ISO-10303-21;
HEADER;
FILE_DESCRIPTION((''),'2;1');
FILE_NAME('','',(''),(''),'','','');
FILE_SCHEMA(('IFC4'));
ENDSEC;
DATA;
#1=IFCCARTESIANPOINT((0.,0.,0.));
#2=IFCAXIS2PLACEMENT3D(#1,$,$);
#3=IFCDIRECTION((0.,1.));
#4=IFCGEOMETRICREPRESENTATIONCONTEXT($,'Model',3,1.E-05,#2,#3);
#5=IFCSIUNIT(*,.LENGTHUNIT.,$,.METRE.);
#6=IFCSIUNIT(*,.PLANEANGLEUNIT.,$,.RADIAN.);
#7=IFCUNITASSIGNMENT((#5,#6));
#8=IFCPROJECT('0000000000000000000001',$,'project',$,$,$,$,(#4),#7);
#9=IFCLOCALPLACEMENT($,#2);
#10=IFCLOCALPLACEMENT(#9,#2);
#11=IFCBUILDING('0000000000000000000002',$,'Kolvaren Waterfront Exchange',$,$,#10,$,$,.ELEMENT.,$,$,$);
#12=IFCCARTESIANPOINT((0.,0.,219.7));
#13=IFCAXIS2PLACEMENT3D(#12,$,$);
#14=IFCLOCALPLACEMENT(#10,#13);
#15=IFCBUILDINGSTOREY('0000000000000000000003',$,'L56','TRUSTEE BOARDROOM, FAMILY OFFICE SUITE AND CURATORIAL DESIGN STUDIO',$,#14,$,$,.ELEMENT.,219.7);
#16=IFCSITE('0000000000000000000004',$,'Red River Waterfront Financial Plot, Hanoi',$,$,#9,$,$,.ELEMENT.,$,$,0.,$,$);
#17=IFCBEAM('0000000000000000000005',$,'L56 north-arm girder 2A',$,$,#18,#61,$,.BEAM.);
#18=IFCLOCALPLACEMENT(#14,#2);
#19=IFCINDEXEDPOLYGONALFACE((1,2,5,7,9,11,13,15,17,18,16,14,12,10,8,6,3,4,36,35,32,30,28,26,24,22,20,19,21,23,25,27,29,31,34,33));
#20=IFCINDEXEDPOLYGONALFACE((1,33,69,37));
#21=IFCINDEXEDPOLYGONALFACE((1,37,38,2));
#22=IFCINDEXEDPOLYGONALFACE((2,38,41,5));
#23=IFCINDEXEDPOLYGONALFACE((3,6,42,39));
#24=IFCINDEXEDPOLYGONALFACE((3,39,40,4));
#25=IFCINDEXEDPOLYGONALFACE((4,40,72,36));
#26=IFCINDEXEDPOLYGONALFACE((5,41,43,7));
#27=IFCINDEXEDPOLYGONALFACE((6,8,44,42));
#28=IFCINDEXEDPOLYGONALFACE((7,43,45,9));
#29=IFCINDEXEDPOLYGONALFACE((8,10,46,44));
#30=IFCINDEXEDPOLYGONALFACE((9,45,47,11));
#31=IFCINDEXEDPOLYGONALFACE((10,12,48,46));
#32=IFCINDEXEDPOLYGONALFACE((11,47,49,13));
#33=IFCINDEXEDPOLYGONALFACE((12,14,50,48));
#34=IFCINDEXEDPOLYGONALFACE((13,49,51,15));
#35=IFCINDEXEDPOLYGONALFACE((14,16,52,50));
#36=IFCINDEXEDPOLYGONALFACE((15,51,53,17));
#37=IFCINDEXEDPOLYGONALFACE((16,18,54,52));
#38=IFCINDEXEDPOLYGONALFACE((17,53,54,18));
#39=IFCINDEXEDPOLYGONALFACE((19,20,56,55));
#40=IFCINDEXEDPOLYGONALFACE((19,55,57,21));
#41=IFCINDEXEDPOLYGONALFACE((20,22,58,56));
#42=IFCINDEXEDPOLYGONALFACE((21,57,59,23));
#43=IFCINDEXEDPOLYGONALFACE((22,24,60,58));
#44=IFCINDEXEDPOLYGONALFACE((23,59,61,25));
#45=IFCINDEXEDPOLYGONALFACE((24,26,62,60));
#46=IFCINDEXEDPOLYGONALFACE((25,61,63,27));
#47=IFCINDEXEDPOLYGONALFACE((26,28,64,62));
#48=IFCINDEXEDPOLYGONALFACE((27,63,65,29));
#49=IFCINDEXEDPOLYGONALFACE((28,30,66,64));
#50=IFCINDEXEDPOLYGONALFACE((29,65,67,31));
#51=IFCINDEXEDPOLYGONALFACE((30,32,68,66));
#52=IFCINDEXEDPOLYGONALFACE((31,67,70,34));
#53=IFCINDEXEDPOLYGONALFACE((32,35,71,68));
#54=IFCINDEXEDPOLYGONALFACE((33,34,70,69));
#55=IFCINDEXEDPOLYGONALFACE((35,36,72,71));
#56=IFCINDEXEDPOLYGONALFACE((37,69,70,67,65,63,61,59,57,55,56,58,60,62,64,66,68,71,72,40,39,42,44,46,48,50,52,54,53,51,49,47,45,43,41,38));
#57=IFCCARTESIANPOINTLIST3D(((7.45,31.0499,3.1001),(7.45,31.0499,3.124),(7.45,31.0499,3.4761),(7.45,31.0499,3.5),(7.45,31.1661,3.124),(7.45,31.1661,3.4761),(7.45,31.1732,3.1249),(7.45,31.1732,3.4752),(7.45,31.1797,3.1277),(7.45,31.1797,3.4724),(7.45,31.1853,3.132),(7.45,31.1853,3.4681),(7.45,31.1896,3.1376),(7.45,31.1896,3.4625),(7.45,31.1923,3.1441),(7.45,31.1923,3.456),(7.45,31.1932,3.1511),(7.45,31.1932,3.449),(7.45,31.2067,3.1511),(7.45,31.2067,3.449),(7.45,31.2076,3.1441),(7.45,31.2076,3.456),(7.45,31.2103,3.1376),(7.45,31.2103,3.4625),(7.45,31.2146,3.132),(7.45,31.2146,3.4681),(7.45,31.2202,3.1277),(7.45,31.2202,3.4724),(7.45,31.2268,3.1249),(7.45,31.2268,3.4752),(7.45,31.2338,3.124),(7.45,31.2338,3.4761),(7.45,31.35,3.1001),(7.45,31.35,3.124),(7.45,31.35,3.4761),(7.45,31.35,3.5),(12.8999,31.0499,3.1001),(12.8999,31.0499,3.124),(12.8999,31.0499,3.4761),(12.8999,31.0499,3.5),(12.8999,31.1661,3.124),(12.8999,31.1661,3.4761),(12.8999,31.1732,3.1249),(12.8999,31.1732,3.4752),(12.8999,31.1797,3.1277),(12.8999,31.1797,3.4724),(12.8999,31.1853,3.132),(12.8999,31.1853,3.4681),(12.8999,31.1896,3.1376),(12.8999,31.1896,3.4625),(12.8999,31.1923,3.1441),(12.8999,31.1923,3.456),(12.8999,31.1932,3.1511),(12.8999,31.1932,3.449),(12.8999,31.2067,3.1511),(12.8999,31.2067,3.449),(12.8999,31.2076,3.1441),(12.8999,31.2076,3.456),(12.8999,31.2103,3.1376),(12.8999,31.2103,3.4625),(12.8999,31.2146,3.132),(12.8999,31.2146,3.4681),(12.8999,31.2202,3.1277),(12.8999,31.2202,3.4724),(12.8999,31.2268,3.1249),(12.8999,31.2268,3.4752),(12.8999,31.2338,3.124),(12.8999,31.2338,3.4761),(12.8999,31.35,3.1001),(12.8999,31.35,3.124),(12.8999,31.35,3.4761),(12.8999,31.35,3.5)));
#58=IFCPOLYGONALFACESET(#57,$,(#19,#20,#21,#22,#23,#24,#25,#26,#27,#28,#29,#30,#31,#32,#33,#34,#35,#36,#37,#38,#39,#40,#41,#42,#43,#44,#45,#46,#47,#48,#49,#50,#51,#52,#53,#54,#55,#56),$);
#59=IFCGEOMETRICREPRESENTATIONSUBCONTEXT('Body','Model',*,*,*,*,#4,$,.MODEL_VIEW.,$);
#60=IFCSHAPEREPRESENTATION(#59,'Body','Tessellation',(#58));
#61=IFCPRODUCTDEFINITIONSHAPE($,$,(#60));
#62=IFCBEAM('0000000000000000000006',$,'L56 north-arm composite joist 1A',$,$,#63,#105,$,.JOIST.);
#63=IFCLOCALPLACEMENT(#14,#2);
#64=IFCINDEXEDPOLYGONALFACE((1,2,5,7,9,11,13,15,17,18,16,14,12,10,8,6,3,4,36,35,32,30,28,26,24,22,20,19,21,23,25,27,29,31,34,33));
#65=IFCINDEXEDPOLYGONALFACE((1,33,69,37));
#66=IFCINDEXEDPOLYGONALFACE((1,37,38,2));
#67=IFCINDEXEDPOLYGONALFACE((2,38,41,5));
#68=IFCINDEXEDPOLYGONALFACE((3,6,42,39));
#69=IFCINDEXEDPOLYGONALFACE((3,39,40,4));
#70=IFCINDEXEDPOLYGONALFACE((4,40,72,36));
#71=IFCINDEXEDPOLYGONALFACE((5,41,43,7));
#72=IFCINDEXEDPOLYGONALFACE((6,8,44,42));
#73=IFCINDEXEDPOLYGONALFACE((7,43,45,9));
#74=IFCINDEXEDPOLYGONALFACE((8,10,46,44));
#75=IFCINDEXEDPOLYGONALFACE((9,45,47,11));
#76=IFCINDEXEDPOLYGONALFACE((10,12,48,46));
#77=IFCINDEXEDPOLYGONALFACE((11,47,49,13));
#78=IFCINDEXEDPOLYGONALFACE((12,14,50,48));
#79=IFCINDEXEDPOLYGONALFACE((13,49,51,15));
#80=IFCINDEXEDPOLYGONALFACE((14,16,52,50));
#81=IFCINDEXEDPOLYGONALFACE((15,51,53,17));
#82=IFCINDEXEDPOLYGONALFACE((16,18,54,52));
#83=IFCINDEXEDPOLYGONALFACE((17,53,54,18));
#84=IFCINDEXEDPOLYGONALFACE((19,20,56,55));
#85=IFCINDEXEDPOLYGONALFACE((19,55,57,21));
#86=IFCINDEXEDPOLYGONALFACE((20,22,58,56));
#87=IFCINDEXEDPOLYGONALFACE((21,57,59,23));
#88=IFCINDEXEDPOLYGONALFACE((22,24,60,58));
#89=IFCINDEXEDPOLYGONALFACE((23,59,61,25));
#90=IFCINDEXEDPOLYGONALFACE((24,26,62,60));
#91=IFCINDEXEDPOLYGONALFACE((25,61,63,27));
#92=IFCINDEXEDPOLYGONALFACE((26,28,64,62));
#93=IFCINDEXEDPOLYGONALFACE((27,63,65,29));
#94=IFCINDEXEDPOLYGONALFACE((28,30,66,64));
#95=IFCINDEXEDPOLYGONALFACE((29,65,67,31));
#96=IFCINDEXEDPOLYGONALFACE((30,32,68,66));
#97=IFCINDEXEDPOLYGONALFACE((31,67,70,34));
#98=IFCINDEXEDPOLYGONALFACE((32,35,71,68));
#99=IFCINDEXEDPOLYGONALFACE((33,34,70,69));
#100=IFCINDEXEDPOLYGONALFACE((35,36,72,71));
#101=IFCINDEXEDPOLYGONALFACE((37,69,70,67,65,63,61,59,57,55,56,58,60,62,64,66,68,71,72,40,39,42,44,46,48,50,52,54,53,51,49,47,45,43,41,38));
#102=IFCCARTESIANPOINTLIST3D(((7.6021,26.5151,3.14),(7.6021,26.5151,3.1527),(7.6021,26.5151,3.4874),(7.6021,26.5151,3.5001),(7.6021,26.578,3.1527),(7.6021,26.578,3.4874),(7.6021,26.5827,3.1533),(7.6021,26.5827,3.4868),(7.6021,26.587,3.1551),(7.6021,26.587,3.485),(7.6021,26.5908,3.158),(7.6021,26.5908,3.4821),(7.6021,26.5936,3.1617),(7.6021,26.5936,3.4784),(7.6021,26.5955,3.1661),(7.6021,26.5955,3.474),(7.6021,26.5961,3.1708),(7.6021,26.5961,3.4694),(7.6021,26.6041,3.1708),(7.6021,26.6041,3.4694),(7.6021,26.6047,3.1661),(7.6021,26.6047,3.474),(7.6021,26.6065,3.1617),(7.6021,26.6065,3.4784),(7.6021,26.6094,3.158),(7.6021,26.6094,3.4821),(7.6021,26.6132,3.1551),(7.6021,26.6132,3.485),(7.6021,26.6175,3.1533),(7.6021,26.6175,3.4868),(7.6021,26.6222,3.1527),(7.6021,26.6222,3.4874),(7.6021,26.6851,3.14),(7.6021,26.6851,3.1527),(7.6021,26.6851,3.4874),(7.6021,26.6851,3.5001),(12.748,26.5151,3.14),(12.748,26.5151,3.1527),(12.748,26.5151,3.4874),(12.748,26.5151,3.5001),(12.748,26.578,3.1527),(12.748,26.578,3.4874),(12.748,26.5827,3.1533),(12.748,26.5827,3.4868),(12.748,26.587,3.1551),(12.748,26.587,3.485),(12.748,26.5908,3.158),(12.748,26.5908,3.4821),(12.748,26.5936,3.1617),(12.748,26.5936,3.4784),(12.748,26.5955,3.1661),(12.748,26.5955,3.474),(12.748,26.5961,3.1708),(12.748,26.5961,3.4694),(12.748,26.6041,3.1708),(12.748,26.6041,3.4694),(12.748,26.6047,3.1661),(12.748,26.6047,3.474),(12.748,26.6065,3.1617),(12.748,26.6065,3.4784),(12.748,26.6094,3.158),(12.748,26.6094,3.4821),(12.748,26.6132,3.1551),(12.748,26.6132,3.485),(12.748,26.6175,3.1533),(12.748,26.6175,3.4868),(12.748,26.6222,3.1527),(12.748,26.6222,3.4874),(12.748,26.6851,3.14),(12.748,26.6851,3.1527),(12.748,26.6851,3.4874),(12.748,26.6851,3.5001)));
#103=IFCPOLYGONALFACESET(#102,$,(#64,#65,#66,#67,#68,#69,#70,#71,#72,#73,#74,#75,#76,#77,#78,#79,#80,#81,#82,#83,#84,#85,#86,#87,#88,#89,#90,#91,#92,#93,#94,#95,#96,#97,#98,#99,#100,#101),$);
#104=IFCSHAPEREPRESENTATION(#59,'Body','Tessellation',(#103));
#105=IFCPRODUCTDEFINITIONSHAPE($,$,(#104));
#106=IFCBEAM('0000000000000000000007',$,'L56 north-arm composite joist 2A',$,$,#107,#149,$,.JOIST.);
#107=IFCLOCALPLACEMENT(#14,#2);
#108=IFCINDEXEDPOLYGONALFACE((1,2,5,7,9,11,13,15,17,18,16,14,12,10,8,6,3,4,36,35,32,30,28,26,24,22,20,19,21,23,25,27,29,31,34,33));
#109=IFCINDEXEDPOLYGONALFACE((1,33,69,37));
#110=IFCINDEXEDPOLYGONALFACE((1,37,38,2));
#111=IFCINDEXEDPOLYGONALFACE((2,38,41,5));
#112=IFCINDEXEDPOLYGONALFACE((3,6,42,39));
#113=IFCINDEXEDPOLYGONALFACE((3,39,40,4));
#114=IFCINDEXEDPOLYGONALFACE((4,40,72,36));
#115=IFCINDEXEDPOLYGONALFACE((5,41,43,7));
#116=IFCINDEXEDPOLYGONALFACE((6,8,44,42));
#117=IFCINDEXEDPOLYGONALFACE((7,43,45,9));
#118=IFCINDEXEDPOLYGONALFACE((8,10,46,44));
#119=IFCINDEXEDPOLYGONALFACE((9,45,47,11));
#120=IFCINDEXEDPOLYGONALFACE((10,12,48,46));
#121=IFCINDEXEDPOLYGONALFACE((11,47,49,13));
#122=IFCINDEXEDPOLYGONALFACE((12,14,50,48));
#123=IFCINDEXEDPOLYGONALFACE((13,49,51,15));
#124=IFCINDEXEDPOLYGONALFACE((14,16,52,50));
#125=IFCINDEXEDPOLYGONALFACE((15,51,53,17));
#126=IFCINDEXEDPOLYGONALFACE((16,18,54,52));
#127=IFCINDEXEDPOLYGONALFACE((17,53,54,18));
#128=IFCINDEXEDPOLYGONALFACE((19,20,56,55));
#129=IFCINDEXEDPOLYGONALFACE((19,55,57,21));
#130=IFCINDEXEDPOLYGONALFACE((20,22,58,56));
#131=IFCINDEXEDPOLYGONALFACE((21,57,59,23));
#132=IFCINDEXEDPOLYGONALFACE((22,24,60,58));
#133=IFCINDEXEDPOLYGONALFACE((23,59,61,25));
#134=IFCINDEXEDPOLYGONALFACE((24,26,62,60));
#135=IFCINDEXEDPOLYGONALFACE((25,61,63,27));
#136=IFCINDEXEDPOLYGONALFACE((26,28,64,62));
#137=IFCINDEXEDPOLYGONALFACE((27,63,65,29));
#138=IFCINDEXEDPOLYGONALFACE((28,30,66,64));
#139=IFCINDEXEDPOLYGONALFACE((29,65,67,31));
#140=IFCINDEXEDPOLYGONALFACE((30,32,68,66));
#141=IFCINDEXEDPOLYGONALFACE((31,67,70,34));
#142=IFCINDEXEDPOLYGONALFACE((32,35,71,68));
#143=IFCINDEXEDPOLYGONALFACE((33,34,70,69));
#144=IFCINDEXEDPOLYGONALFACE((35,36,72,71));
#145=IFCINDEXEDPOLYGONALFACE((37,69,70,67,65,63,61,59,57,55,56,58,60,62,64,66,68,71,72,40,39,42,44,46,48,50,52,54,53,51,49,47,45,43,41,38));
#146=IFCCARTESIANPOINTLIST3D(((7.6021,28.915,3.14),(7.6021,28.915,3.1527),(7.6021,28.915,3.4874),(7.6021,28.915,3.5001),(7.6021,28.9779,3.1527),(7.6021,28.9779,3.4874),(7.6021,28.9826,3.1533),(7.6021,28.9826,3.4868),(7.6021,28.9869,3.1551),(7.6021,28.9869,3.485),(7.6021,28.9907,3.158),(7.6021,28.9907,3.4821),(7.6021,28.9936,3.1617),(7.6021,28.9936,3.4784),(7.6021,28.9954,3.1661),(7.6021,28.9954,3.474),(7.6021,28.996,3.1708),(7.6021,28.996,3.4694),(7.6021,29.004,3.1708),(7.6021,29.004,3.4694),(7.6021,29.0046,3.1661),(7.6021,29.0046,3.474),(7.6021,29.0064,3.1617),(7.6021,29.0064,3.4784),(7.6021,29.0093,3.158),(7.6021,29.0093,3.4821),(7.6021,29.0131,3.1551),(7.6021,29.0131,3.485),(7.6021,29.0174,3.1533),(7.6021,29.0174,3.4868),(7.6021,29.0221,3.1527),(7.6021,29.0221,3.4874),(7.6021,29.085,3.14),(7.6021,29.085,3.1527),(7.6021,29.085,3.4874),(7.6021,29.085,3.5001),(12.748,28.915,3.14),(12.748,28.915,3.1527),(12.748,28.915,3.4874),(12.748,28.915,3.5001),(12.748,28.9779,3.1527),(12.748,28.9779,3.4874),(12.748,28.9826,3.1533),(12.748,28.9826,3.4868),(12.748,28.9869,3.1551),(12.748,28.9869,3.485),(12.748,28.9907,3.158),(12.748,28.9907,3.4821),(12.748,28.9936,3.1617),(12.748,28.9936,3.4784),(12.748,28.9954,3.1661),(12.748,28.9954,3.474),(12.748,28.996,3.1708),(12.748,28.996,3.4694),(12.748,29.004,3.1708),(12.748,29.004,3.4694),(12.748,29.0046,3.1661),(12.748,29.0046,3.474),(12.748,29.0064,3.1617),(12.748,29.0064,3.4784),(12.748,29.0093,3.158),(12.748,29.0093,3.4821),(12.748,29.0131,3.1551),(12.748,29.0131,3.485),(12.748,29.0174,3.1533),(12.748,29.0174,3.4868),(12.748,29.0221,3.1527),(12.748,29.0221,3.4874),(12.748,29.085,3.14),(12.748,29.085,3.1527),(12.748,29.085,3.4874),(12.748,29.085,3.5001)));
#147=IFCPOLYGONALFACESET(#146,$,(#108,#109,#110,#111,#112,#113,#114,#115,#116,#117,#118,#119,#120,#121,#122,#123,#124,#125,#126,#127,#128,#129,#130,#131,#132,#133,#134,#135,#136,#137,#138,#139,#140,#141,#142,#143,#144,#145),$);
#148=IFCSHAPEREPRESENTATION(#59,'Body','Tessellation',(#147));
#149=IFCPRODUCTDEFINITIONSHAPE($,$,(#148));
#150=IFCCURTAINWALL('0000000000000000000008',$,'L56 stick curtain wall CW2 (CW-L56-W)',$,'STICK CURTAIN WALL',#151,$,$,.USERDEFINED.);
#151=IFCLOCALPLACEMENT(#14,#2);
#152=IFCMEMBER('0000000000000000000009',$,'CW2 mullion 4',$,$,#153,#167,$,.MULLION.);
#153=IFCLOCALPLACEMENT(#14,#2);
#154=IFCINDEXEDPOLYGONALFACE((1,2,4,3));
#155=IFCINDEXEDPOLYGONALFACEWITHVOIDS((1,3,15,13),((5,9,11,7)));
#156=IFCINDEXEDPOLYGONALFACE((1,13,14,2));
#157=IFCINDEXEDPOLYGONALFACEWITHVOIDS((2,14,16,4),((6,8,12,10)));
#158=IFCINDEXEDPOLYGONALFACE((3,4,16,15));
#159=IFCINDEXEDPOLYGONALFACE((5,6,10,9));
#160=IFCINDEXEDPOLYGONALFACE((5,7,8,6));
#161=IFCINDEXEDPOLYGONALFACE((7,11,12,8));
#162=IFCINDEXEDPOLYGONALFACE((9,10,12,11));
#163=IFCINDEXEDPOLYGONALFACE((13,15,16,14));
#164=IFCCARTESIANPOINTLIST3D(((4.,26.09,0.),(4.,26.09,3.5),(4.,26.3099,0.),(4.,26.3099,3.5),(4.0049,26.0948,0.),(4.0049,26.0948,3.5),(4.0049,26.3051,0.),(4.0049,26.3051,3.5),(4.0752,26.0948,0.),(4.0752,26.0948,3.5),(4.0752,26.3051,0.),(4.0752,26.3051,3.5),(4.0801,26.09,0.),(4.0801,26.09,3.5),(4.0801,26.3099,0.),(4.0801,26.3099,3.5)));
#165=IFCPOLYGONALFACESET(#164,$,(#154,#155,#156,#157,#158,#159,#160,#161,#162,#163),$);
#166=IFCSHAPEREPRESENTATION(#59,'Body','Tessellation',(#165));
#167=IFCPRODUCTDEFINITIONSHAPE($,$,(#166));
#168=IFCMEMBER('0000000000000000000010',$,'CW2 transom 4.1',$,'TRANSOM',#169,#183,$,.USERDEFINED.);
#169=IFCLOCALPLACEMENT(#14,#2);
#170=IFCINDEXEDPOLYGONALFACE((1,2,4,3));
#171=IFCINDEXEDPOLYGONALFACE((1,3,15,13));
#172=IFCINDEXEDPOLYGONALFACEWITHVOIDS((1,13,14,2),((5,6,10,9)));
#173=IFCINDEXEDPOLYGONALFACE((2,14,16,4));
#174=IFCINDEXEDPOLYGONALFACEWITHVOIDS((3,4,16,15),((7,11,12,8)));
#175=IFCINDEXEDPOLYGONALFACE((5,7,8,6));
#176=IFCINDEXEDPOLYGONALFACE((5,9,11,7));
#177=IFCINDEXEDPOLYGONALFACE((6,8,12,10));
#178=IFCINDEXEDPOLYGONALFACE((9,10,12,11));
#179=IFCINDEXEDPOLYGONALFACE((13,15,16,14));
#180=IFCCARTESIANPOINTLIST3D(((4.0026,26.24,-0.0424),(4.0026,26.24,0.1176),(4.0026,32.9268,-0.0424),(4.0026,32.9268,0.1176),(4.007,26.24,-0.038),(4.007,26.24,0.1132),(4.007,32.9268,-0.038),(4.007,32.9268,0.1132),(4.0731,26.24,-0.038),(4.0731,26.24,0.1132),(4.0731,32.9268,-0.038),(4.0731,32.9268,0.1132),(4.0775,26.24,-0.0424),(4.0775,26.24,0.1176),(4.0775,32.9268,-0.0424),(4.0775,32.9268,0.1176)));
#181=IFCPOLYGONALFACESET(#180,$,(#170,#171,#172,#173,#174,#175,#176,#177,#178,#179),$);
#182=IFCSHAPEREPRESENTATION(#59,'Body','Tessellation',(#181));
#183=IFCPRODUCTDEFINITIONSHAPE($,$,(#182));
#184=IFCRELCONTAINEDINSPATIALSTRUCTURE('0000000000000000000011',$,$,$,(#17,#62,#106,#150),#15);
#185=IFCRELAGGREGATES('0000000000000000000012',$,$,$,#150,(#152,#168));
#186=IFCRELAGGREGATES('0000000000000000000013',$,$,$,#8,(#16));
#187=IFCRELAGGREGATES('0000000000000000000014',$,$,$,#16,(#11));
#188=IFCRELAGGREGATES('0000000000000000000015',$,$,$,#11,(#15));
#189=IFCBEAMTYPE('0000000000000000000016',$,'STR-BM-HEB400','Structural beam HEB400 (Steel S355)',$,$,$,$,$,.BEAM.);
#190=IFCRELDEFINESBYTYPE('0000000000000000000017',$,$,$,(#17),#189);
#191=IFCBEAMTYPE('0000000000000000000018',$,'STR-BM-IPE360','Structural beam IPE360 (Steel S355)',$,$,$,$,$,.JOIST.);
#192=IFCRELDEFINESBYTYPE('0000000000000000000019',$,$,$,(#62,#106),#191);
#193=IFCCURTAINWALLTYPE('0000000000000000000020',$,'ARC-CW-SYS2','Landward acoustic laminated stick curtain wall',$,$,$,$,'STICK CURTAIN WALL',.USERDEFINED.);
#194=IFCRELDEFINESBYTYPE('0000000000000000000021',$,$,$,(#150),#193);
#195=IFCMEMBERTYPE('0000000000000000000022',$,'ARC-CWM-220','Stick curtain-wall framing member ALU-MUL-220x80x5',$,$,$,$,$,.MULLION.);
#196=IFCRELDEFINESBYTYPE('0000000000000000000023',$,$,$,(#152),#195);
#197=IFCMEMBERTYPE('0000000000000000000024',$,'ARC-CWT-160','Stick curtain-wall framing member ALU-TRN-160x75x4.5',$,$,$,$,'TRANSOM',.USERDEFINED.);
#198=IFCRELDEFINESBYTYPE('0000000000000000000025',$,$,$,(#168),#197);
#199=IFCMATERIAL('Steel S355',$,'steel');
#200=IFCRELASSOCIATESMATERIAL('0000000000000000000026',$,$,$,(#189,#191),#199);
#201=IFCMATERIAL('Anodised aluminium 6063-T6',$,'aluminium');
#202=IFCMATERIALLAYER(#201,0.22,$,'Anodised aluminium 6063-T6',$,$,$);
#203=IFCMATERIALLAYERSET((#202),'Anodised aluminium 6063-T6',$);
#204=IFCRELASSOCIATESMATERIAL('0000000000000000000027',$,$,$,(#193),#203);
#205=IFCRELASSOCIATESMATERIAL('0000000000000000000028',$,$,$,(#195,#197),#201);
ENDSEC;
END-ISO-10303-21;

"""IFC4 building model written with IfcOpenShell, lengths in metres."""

from ifc_helpers import new_model, si_unit, direction, frame, origin, origin_with_axes, origin_2d, place, context, subcontext, project, spatial, hollow_rectangle, i_section, extrude, source, transform, mapped, material, layer, layer_set, material_profile, profile_set, type_object, element, aggregate, save


model = new_model("IFC4")

# Units and contexts
model_context = context("Model", 3, precision=1e-05, world=origin(), true_north=direction((0.0, 1.0)))
body_context = subcontext(model_context, "Body", "Model", "MODEL_VIEW")
ifc_project = project(units=[si_unit("LENGTHUNIT", "METRE"), si_unit("PLANEANGLEUNIT", "RADIAN")], contexts=[model_context])

# Site, building, storey
site_placement = place(None, origin())
site = spatial("IfcSite", under=ifc_project, at=site_placement, Name="Red River Waterfront Financial Plot, Hanoi", CompositionType="ELEMENT", RefElevation=0.0)
building_placement = place(site_placement, origin())
building = spatial("IfcBuilding", under=site, at=building_placement, Name="Kolvaren Waterfront Exchange", CompositionType="ELEMENT")
storey_placement = place(building_placement, frame((0.0, 0.0, 219.7)))
storey = spatial("IfcBuildingStorey", under=building, at=storey_placement, Name="L56", Description="TRUSTEE BOARDROOM, FAMILY OFFICE SUITE AND CURATORIAL DESIGN STUDIO", CompositionType="ELEMENT", Elevation=219.7)

# Beams
ifc_material_1 = material(Name="Steel S355", Category="steel")
ifc_material_profile_1 = material_profile(ifc_material_1, i_section(OverallWidth=0.3, OverallDepth=0.3999, WebThickness=0.0134, FlangeThickness=0.0239, FilletRadius=0.0271, at=origin_2d()), Name="HEB400")
ifc_profile_set_1 = profile_set([ifc_material_profile_1], Name="Steel S355")
beam_type_1 = type_object("IfcBeamType", Name="STR-BM-HEB400", Description="Structural beam HEB400 (Steel S355)", PredefinedType="BEAM", material=ifc_profile_set_1)
for number, where, z_axis, x_axis, name in (
    (1, (7.45, 31.2, 3.3), (1.0, 0.0, 0.0), (0.0, 1.0, 0.0), "L56 north-arm girder 2A"),
):
    element("IfcBeam", number, at=place(storey_placement, frame(where, z_axis=z_axis, x_axis=x_axis)), inside=storey, type_object=beam_type_1, Name=name, PredefinedType="BEAM", context=body_context, shape_type="SweptSolid", body=[
        extrude(i_section(OverallWidth=0.3, OverallDepth=0.3999, WebThickness=0.0134, FlangeThickness=0.0239, FilletRadius=0.0271, at=origin_2d()), origin(), (0.0, 0.0, 1.0), 5.45),
    ])
ifc_material_profile_2 = material_profile(ifc_material_1, i_section(OverallWidth=0.1699, OverallDepth=0.3601, WebThickness=0.0081, FlangeThickness=0.0127, FilletRadius=0.0181, at=origin_2d()), Name="IPE360")
ifc_profile_set_2 = profile_set([ifc_material_profile_2], Name="Steel S355")
beam_type_2 = type_object("IfcBeamType", Name="STR-BM-IPE360", Description="Structural beam IPE360 (Steel S355)", PredefinedType="JOIST", material=ifc_profile_set_2)
for number, where, z_axis, x_axis, name in (
    (2, (7.6021, 26.6001, 3.3201), (1.0, 0.0, 0.0), (0.0, 1.0, 0.0), "L56 north-arm composite joist 1A"),
    (3, (7.6021, 29.0, 3.3201), (1.0, 0.0, 0.0), (0.0, 1.0, 0.0), "L56 north-arm composite joist 2A"),
):
    element("IfcBeam", number, at=place(storey_placement, frame(where, z_axis=z_axis, x_axis=x_axis)), inside=storey, type_object=beam_type_2, Name=name, PredefinedType="JOIST", context=body_context, shape_type="SweptSolid", body=[
        extrude(i_section(OverallWidth=0.1699, OverallDepth=0.3601, WebThickness=0.0081, FlangeThickness=0.0127, FilletRadius=0.0181, at=origin_2d()), origin(), (0.0, 0.0, 1.0), 5.146),
    ])

# Curtain wall, members
ifc_material_2 = material(Name="Anodised aluminium 6063-T6", Category="aluminium")
ifc_layer_1 = layer(ifc_material_2, 0.22, Name="Anodised aluminium 6063-T6")
ifc_layer_set_1 = layer_set([ifc_layer_1], Name="Anodised aluminium 6063-T6")
curtain_wall_type = type_object("IfcCurtainWallType", Name="ARC-CW-SYS2", Description="Landward acoustic laminated stick curtain wall", ElementType="STICK CURTAIN WALL", PredefinedType="USERDEFINED", material=ifc_layer_set_1)
curtain_wall_placement = place(storey_placement, origin())
curtain_wall = element("IfcCurtainWall", 4, at=curtain_wall_placement, inside=storey, type_object=curtain_wall_type, Name="L56 stick curtain wall CW2 (CW-L56-W)", ObjectType="STICK CURTAIN WALL", PredefinedType="USERDEFINED")
ifc_material_profile_3 = material_profile(ifc_material_2, hollow_rectangle(XDim=0.0801, YDim=0.22, WallThickness=0.0049, at=origin_2d()), Name="ALU-MUL-220x80x5")
ifc_profile_set_3 = profile_set([ifc_material_profile_3], Name="Anodised aluminium 6063-T6")
member_type_1 = type_object("IfcMemberType", Name="ARC-CWM-220", Description="Stick curtain-wall framing member ALU-MUL-220x80x5", PredefinedType="MULLION", material=ifc_profile_set_3)
shared_shape_1 = source(origin_with_axes(), body_context, "Body", "SweptSolid", [
    extrude(hollow_rectangle(XDim=0.0801, YDim=0.22, WallThickness=0.0049, at=origin_2d()), origin(), (0.0, 0.0, 1.0), 3.5),
])
member_1_placement = place(storey_placement, frame((4.04, 26.2, 0.0), z_axis=(0.0, 0.0, 1.0), x_axis=(-1.0, 0.0, 0.0)))
member_1 = element("IfcMember", 5, at=member_1_placement, type_object=member_type_1, Name="CW2 mullion 4", PredefinedType="MULLION", context=body_context, shape_type="MappedRepresentation", body=[
    mapped(shared_shape_1, transform((0.0, 0.0, 0.0), x_axis=(1.0, 0.0, 0.0), y_axis=(0.0, 1.0, 0.0), z_axis=(0.0, 0.0, 1.0), scale=1.0)),
])
ifc_material_profile_4 = material_profile(ifc_material_2, hollow_rectangle(XDim=0.075, YDim=0.1599, WallThickness=0.0044, at=origin_2d()), Name="ALU-TRN-160x75x4.5")
ifc_profile_set_4 = profile_set([ifc_material_profile_4], Name="Anodised aluminium 6063-T6")
member_type_2 = type_object("IfcMemberType", Name="ARC-CWT-160", Description="Stick curtain-wall framing member ALU-TRN-160x75x4.5", ElementType="TRANSOM", PredefinedType="USERDEFINED", material=ifc_profile_set_4)
shared_shape_2 = source(origin_with_axes(), body_context, "Body", "SweptSolid", [
    extrude(hollow_rectangle(XDim=0.075, YDim=0.1599, WallThickness=0.0044, at=origin_2d()), origin(), (0.0, 0.0, 1.0), 6.6868),
])
member_2_placement = place(storey_placement, frame((4.04, 26.24, 0.0376), z_axis=(0.0, 1.0, 0.0), x_axis=(-1.0, 0.0, 0.0)))
member_2 = element("IfcMember", 6, at=member_2_placement, type_object=member_type_2, Name="CW2 transom 4.1", ObjectType="TRANSOM", PredefinedType="USERDEFINED", context=body_context, shape_type="MappedRepresentation", body=[
    mapped(shared_shape_2, transform((0.0, 0.0, 0.0), x_axis=(1.0, 0.0, 0.0), y_axis=(0.0, 1.0, 0.0), z_axis=(0.0, 0.0, 1.0), scale=1.0)),
])
aggregate(curtain_wall, [member_1, member_2])

save(model, "model.ifc")
